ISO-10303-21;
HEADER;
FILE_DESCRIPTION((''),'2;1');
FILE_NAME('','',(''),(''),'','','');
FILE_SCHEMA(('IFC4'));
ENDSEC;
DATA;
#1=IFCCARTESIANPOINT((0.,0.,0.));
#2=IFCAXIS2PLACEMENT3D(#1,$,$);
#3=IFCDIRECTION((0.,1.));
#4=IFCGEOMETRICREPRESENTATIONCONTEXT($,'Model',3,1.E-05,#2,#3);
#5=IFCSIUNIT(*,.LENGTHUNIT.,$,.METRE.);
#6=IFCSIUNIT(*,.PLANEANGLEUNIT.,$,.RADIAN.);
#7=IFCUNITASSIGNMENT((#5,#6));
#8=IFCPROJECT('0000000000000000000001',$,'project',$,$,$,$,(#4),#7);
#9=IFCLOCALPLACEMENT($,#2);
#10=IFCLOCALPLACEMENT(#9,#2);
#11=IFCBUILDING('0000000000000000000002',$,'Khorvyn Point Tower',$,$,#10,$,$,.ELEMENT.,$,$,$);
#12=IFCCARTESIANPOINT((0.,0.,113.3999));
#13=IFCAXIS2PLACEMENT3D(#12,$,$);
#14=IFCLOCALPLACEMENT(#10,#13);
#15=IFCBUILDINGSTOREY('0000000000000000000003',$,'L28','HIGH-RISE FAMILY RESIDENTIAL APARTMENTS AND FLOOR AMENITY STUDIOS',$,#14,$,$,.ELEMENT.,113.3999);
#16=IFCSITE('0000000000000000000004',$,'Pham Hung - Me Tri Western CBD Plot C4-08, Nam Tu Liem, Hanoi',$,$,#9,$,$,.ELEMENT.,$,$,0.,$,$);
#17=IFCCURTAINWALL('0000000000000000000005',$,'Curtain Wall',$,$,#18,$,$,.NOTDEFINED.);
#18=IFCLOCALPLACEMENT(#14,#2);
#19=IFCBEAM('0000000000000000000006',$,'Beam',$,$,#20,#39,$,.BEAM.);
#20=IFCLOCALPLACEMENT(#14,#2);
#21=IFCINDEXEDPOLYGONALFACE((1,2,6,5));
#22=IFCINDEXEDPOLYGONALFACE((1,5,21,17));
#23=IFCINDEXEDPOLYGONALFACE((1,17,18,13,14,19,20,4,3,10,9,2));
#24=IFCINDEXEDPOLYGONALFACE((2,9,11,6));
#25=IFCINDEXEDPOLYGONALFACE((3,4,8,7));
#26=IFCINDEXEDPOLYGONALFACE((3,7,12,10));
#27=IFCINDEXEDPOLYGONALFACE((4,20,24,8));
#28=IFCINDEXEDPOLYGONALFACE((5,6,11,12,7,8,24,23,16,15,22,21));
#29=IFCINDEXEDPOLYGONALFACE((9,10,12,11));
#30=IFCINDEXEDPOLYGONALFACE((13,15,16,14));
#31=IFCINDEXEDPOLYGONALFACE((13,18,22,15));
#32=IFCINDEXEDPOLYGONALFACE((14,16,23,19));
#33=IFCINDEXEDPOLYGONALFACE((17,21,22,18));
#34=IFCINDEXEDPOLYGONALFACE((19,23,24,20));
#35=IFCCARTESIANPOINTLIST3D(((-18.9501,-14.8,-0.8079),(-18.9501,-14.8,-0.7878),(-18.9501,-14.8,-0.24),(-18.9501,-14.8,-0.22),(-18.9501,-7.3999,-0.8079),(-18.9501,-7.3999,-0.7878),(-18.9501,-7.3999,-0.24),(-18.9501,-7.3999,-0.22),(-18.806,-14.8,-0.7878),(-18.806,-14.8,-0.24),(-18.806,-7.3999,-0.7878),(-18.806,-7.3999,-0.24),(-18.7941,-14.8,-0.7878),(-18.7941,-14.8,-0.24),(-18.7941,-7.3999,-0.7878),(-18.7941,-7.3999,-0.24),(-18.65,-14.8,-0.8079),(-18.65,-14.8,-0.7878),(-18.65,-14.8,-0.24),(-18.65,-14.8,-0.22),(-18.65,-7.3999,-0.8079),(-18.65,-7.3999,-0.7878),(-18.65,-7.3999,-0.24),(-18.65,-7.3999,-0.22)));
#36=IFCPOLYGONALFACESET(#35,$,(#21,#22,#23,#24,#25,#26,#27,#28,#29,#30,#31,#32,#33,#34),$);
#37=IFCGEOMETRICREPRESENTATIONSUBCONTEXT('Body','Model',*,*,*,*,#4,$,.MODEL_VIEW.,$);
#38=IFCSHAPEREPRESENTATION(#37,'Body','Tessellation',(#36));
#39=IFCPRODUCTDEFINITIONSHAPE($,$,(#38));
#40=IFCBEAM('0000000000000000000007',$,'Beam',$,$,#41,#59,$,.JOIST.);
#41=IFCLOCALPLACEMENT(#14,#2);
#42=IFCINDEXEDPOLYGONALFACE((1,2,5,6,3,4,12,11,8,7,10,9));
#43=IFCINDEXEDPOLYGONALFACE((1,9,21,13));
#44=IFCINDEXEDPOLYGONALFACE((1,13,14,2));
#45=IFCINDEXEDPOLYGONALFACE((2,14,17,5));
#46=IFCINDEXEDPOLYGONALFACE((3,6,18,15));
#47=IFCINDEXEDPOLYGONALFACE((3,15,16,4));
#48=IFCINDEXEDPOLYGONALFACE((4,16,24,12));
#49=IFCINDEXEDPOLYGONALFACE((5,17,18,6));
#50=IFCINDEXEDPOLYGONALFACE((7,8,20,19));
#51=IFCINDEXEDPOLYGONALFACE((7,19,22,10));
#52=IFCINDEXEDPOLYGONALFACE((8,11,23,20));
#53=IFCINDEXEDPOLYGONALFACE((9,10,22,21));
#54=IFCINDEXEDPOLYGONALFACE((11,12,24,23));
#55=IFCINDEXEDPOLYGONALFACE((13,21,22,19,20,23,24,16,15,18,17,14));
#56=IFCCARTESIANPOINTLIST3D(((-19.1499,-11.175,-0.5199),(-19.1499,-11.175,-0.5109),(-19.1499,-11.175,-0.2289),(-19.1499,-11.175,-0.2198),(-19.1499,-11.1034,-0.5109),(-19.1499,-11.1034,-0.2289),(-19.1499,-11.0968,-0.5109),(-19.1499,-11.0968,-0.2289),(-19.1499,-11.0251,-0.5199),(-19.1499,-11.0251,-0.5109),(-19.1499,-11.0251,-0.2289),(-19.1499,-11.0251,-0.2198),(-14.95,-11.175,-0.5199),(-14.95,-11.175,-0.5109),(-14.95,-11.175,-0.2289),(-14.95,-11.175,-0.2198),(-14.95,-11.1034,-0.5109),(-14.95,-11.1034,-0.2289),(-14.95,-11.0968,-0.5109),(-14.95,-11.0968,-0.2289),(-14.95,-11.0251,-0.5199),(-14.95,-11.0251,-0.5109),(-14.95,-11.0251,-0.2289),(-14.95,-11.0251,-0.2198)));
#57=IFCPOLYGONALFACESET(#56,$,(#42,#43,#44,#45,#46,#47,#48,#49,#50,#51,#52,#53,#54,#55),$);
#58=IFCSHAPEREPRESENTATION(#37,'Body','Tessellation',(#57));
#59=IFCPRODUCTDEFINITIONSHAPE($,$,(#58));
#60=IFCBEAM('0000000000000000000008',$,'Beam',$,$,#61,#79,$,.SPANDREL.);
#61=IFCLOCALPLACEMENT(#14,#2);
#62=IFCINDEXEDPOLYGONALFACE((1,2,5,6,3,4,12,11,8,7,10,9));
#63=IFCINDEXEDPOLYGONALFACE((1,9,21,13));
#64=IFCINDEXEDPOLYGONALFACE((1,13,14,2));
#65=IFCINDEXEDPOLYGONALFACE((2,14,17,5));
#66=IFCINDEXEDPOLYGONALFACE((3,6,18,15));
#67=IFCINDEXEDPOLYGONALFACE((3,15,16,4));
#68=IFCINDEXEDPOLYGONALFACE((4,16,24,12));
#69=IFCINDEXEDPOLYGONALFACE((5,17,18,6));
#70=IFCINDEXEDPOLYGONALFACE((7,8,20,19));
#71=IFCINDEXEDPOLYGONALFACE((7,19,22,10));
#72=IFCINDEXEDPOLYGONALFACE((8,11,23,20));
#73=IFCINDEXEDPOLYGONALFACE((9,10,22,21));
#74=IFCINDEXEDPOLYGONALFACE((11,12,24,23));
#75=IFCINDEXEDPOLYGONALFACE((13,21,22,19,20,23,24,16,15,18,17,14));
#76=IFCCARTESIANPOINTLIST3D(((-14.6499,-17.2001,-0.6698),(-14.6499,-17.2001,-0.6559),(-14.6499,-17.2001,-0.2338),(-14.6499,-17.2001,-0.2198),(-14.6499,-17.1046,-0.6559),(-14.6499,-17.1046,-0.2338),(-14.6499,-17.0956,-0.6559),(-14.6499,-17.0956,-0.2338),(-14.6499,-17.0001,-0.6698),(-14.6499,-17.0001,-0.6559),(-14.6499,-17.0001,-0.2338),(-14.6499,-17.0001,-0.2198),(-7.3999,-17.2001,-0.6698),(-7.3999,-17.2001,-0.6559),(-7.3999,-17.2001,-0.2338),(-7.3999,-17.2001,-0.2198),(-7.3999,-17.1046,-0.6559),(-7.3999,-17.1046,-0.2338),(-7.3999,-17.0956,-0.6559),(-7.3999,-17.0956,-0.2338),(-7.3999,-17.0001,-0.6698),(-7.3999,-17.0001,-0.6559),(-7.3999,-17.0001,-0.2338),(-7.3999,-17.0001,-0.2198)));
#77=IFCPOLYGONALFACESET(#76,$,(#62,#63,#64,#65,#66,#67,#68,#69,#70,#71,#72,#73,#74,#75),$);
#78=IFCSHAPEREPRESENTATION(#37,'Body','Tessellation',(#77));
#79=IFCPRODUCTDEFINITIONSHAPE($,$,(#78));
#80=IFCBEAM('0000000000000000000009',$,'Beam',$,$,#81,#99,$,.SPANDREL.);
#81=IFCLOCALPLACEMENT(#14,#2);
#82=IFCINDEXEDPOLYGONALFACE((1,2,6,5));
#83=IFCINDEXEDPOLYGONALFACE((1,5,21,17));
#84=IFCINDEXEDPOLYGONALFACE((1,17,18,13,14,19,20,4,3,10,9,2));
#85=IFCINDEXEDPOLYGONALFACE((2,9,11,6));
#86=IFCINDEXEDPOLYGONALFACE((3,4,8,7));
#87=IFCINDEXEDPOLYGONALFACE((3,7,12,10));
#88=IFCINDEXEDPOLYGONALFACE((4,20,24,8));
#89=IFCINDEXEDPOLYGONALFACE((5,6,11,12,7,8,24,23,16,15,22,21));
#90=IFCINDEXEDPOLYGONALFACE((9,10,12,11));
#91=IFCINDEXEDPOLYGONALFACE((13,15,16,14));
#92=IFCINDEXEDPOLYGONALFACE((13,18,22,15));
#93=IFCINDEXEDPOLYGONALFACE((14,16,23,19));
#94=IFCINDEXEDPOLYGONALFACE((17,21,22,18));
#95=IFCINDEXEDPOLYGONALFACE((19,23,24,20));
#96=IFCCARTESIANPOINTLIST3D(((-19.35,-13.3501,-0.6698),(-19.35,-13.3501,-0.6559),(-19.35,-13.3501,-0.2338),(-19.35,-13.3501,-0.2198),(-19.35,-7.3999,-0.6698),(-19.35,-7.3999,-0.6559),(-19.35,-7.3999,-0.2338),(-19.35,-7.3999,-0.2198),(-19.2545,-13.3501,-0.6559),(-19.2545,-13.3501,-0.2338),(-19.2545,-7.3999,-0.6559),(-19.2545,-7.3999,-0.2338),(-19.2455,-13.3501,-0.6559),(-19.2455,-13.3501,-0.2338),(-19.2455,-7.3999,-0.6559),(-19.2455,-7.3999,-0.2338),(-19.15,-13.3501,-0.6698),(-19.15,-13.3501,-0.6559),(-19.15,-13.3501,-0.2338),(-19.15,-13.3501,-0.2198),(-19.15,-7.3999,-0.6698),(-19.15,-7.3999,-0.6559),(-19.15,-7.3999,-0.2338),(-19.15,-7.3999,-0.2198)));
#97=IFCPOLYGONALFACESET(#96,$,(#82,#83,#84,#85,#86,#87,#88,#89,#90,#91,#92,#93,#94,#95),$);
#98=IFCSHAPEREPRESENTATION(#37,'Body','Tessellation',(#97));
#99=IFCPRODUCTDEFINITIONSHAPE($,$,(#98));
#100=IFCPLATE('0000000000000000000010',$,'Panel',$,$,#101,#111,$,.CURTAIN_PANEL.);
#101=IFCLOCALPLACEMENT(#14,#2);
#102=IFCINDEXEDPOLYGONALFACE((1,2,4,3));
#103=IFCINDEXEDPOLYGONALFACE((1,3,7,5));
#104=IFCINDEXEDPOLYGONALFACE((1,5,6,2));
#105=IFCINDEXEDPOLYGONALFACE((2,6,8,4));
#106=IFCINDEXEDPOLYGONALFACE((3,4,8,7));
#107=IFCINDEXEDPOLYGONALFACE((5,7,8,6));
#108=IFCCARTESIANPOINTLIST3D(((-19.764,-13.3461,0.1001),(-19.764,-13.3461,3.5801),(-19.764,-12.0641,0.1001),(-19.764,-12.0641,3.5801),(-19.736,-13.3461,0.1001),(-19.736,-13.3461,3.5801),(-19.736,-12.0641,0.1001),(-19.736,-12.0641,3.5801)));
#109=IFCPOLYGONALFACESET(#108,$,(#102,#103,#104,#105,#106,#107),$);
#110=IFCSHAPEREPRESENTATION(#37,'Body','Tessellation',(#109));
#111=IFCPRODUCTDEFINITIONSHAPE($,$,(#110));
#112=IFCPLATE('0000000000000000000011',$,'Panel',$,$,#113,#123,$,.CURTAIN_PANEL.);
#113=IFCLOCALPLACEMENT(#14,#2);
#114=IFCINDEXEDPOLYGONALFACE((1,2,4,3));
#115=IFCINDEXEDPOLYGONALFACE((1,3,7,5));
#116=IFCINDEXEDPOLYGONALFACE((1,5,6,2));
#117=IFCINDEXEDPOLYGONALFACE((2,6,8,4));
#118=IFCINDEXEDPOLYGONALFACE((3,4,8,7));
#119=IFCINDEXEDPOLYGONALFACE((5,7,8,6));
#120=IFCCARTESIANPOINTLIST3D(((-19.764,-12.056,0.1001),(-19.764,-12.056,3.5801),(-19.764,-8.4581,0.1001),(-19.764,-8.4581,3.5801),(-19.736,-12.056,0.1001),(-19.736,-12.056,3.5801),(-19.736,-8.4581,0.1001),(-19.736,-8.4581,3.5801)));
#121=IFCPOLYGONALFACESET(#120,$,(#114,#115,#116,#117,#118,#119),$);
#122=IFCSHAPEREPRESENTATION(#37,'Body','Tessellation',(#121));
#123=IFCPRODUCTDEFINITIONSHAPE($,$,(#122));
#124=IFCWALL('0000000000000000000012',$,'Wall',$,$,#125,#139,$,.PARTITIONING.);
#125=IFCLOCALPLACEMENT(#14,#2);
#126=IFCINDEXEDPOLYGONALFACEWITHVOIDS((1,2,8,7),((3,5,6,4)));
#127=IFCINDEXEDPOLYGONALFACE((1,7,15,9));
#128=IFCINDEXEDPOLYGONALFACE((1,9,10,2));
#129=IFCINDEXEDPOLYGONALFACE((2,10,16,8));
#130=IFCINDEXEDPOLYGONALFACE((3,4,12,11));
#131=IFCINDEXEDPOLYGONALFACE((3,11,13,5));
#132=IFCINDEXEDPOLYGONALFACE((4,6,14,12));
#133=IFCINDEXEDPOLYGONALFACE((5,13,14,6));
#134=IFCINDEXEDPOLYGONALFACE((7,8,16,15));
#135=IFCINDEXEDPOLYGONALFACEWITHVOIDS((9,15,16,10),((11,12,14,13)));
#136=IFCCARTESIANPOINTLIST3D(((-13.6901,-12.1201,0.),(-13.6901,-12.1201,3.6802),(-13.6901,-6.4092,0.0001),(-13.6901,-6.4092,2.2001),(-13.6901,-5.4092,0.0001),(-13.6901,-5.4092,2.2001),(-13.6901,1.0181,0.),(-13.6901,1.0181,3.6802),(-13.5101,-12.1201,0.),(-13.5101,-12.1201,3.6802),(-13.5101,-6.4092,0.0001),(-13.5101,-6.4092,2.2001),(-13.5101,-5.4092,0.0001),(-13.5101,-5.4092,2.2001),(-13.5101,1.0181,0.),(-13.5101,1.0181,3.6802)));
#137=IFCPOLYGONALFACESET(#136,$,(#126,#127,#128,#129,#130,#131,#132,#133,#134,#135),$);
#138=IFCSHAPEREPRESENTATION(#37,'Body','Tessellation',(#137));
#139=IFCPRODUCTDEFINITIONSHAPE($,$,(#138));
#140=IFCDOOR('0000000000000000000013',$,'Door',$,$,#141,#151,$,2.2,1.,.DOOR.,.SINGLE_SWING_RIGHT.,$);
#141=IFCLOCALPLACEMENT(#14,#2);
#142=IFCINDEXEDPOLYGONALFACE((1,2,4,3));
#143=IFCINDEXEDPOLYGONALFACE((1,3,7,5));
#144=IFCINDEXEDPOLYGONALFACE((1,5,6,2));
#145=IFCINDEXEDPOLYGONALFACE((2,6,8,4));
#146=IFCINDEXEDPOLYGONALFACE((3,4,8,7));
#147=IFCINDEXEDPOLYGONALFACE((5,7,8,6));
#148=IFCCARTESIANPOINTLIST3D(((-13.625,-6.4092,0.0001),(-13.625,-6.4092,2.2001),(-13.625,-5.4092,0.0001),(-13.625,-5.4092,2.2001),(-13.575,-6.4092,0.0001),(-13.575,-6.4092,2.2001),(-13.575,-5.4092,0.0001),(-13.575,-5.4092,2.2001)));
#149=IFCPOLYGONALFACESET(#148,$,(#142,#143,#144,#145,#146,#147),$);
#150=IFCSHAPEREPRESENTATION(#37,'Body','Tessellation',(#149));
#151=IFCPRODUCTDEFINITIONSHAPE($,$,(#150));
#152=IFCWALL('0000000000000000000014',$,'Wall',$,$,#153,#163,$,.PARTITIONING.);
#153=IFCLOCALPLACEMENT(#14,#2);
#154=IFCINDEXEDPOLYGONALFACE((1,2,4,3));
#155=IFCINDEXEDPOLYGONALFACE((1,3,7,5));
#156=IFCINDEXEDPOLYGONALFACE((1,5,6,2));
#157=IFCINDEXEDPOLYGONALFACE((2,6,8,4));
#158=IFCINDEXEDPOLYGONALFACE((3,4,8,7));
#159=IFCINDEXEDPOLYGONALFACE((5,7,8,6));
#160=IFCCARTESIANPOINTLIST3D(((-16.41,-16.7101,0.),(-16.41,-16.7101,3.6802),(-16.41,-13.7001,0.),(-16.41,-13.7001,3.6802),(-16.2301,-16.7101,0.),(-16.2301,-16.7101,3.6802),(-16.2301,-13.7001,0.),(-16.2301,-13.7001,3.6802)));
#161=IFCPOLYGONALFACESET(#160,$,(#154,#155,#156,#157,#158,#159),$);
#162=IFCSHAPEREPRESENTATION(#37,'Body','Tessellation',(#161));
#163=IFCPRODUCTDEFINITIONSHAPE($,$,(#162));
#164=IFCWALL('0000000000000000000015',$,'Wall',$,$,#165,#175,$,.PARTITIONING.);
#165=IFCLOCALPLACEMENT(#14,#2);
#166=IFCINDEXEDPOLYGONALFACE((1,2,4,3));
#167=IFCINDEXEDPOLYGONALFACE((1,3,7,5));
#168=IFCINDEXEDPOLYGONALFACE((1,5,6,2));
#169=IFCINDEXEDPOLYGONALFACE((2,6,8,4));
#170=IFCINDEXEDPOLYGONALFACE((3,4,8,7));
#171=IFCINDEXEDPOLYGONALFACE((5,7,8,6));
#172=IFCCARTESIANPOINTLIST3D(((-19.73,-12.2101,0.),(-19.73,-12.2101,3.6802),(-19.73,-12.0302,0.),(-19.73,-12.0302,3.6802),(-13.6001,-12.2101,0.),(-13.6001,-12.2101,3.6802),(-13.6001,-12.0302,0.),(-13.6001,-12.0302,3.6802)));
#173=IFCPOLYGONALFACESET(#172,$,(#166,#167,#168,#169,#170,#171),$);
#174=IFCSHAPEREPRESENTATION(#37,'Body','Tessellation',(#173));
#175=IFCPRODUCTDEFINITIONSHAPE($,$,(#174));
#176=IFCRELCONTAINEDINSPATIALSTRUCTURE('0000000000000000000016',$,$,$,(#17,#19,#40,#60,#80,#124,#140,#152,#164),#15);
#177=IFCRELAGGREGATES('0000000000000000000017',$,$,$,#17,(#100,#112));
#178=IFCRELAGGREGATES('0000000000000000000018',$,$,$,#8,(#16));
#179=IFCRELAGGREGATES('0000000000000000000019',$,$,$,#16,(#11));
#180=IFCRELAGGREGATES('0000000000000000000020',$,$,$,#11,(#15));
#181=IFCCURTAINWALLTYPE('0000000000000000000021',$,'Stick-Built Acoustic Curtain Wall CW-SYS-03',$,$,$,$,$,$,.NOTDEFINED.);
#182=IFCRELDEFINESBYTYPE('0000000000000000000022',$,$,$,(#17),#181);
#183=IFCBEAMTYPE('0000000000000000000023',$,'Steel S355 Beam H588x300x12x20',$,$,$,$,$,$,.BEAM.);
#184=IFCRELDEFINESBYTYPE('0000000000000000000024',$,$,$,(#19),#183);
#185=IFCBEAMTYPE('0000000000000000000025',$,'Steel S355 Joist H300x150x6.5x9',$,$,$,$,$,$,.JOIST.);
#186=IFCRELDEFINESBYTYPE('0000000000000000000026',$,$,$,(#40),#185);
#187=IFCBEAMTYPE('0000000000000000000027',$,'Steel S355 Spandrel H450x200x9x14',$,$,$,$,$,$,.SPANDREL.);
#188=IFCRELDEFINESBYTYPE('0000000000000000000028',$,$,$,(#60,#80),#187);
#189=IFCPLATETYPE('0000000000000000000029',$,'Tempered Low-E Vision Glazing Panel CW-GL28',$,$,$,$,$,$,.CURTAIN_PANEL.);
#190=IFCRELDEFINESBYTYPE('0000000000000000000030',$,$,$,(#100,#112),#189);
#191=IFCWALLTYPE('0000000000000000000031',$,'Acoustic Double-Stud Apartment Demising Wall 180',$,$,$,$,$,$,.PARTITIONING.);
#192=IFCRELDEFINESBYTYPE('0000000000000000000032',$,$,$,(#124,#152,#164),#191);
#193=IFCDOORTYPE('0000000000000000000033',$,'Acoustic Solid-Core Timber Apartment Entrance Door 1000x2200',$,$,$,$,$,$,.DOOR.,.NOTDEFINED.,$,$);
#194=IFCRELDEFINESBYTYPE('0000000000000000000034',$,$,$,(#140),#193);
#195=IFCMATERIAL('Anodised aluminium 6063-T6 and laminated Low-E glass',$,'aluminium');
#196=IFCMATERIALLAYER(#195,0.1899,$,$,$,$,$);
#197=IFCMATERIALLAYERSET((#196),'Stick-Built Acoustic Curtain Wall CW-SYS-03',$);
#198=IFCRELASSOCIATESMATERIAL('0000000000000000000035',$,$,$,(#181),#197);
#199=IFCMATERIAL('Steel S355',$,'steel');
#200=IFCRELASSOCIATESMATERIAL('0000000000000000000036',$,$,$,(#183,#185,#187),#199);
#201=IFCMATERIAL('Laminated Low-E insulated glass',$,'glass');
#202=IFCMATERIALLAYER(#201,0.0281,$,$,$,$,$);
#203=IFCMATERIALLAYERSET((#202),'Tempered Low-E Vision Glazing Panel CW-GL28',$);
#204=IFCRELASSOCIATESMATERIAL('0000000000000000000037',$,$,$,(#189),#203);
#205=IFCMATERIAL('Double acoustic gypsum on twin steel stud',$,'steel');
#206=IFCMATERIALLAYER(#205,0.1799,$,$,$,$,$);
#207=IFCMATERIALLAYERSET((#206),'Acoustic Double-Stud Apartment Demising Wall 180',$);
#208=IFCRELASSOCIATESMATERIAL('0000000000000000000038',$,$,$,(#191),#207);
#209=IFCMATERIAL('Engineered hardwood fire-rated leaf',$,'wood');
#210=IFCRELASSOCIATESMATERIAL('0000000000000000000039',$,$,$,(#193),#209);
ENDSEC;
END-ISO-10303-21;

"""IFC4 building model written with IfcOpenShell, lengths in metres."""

from ifc_helpers import new_model, si_unit, direction, frame, frame_2d, origin, origin_2d, place, context, subcontext, project, spatial, rectangle, i_section, extrude, material, layer, layer_set, material_profile, profile_set, type_object, element, fill, aggregate, save


model = new_model("IFC4")

# Units and contexts
model_context = context("Model", 3, precision=1e-05, world=origin(), true_north=direction((0.0, 1.0)))
body_context = subcontext(model_context, "Body", "Model", "MODEL_VIEW")
ifc_project = project(units=[si_unit("LENGTHUNIT", "METRE"), si_unit("PLANEANGLEUNIT", "RADIAN")], contexts=[model_context])

# Site, building, storey
site_placement = place(None, origin())
site = spatial("IfcSite", under=ifc_project, at=site_placement, Name="Pham Hung - Me Tri Western CBD Plot C4-08, Nam Tu Liem, Hanoi", CompositionType="ELEMENT", RefElevation=0.0)
building_placement = place(site_placement, origin())
building = spatial("IfcBuilding", under=site, at=building_placement, Name="Khorvyn Point Tower", CompositionType="ELEMENT")
storey_placement = place(building_placement, frame((0.0, 0.0, 113.3999)))
storey = spatial("IfcBuildingStorey", under=building, at=storey_placement, Name="L28", Description="HIGH-RISE FAMILY RESIDENTIAL APARTMENTS AND FLOOR AMENITY STUDIOS", CompositionType="ELEMENT", Elevation=113.3999)

# Shared definitions
ifc_material_1 = material(Name="Anodised aluminium 6063-T6 and laminated Low-E glass", Category="aluminium")
ifc_layer_1 = layer(ifc_material_1, 0.1899)
ifc_layer_set_1 = layer_set([ifc_layer_1], Name="Stick-Built Acoustic Curtain Wall CW-SYS-03")
curtain_wall_type = type_object("IfcCurtainWallType", Name="Stick-Built Acoustic Curtain Wall CW-SYS-03", PredefinedType="NOTDEFINED", material=ifc_layer_set_1)

# Curtain wall
curtain_wall_1_placement = place(storey_placement, origin())
curtain_wall_1 = element("IfcCurtainWall", 1, at=curtain_wall_1_placement, inside=storey, type_object=curtain_wall_type, Name="Curtain Wall", PredefinedType="NOTDEFINED")

# Beams
ifc_material_2 = material(Name="Steel S355", Category="steel")
ifc_material_profile_1 = material_profile(ifc_material_2, i_section(OverallWidth=0.3, OverallDepth=0.5879, WebThickness=0.012, FlangeThickness=0.02, at=origin_2d()))
ifc_profile_set_1 = profile_set([ifc_material_profile_1], Name="Steel S355 H588x300x12x20")
beam_type_1 = type_object("IfcBeamType", Name="Steel S355 Beam H588x300x12x20", PredefinedType="BEAM", material=ifc_profile_set_1)
for number, where, z_axis, x_axis, name in (
    (2, (-18.8, -14.8, -0.5139), (0.0, 1.0, 0.0), (-1.0, 0.0, 0.0), "Beam"),
):
    element("IfcBeam", number, at=place(storey_placement, frame(where, z_axis=z_axis, x_axis=x_axis)), inside=storey, type_object=beam_type_1, Name=name, PredefinedType="BEAM", context=body_context, shape_type="SweptSolid", body=[
        extrude(i_section(OverallWidth=0.3, OverallDepth=0.5879, WebThickness=0.012, FlangeThickness=0.02, at=origin_2d()), origin(), (0.0, 0.0, 1.0), 7.4001),
    ])
ifc_material_profile_2 = material_profile(ifc_material_2, i_section(OverallWidth=0.1499, OverallDepth=0.3, WebThickness=0.0066, FlangeThickness=0.009, at=origin_2d()))
ifc_profile_set_2 = profile_set([ifc_material_profile_2], Name="Steel S355 H300x150x6.5x9")
beam_type_2 = type_object("IfcBeamType", Name="Steel S355 Joist H300x150x6.5x9", PredefinedType="JOIST", material=ifc_profile_set_2)
beam_1_placement = place(storey_placement, frame((-19.1499, -11.1001, -0.3699), z_axis=(1.0, 0.0, 0.0), x_axis=(0.0, 1.0, 0.0)))
element("IfcBeam", 3, at=beam_1_placement, inside=storey, type_object=beam_type_2, Name="Beam", PredefinedType="JOIST", context=body_context, shape_type="SweptSolid", body=[
    extrude(i_section(OverallWidth=0.1499, OverallDepth=0.3, WebThickness=0.0066, FlangeThickness=0.009, at=origin_2d()), origin(), (0.0, 0.0, 1.0), 4.2),
])
ifc_material_profile_3 = material_profile(ifc_material_2, i_section(OverallWidth=0.2, OverallDepth=0.45, WebThickness=0.009, FlangeThickness=0.0139, at=origin_2d()))
ifc_profile_set_3 = profile_set([ifc_material_profile_3], Name="Steel S355 H450x200x9x14")
beam_type_3 = type_object("IfcBeamType", Name="Steel S355 Spandrel H450x200x9x14", PredefinedType="SPANDREL", material=ifc_profile_set_3)
beam_2_placement = place(storey_placement, frame((-14.6499, -17.1001, -0.4448), z_axis=(1.0, 0.0, 0.0), x_axis=(0.0, 1.0, 0.0)))
element("IfcBeam", 4, at=beam_2_placement, inside=storey, type_object=beam_type_3, Name="Beam", PredefinedType="SPANDREL", context=body_context, shape_type="SweptSolid", body=[
    extrude(i_section(OverallWidth=0.2, OverallDepth=0.45, WebThickness=0.009, FlangeThickness=0.0139, at=origin_2d()), origin(), (0.0, 0.0, 1.0), 7.25),
])
beam_3_placement = place(storey_placement, frame((-19.25, -13.3501, -0.4448), z_axis=(0.0, 1.0, 0.0), x_axis=(-1.0, 0.0, 0.0)))
element("IfcBeam", 5, at=beam_3_placement, inside=storey, type_object=beam_type_3, Name="Beam", PredefinedType="SPANDREL", context=body_context, shape_type="SweptSolid", body=[
    extrude(i_section(OverallWidth=0.2, OverallDepth=0.45, WebThickness=0.009, FlangeThickness=0.0139, at=origin_2d()), origin(), (0.0, 0.0, 1.0), 5.9502),
])

# Plates
ifc_material_3 = material(Name="Laminated Low-E insulated glass", Category="glass")
ifc_layer_2 = layer(ifc_material_3, 0.0281)
ifc_layer_set_2 = layer_set([ifc_layer_2], Name="Tempered Low-E Vision Glazing Panel CW-GL28")
plate_type = type_object("IfcPlateType", Name="Tempered Low-E Vision Glazing Panel CW-GL28", PredefinedType="CURTAIN_PANEL", material=ifc_layer_set_2)
plate_1_placement = place(storey_placement, frame((-19.75, -12.7051, 0.1001), z_axis=(0.0, 0.0, 1.0), x_axis=(0.0, 1.0, 0.0)))
plate_1 = element("IfcPlate", 6, at=plate_1_placement, type_object=plate_type, Name="Panel", PredefinedType="CURTAIN_PANEL", context=body_context, shape_type="SweptSolid", body=[
    extrude(rectangle(XDim=1.282, YDim=0.0281, at=origin_2d()), origin(), (0.0, 0.0, 1.0), 3.48),
])
plate_2_placement = place(storey_placement, frame((-19.75, -10.2571, 0.1001), z_axis=(0.0, 0.0, 1.0), x_axis=(0.0, 1.0, 0.0)))
plate_2 = element("IfcPlate", 7, at=plate_2_placement, type_object=plate_type, Name="Panel", PredefinedType="CURTAIN_PANEL", context=body_context, shape_type="SweptSolid", body=[
    extrude(rectangle(XDim=3.5979, YDim=0.0281, at=origin_2d()), origin(), (0.0, 0.0, 1.0), 3.48),
])
aggregate(curtain_wall_1, [plate_1, plate_2])

# Wall, opening, door
ifc_material_4 = material(Name="Double acoustic gypsum on twin steel stud", Category="steel")
ifc_layer_3 = layer(ifc_material_4, 0.1799)
ifc_layer_set_3 = layer_set([ifc_layer_3], Name="Acoustic Double-Stud Apartment Demising Wall 180")
wall_type_1 = type_object("IfcWallType", Name="Acoustic Double-Stud Apartment Demising Wall 180", PredefinedType="PARTITIONING", material=ifc_layer_set_3)
wall_1_placement = place(storey_placement, frame((-13.6001, -12.1201, 0.0), z_axis=(0.0, 0.0, 1.0), x_axis=(0.0, 1.0, 0.0)))
wall_1 = element("IfcWall", 8, at=wall_1_placement, inside=storey, type_object=wall_type_1, Name="Wall", PredefinedType="PARTITIONING", context=body_context, shape_type="SweptSolid", body=[
    extrude(rectangle(XDim=13.1382, YDim=0.1799, at=frame_2d((6.5691, 0.0))), origin(), (0.0, 0.0, 1.0), 3.6802),
])
opening_1_placement = place(wall_1_placement, frame((5.7109, 0.0, 0.0)))
opening_1 = element("IfcOpeningElement", 9, at=opening_1_placement, cuts=wall_1, PredefinedType="OPENING", context=body_context, shape_type="SweptSolid", body=[
    extrude(rectangle(XDim=1.0, YDim=2.2, at=frame_2d((0.5, 1.1001))), frame((0.0, 0.0999, 0.0), z_axis=(0.0, -1.0, 0.0), x_axis=(1.0, 0.0, 0.0)), (0.0, 0.0, 1.0), 0.2),
])
ifc_material_5 = material(Name="Engineered hardwood fire-rated leaf", Category="wood")
door_type_1 = type_object("IfcDoorType", Name="Acoustic Solid-Core Timber Apartment Entrance Door 1000x2200", OperationType="NOTDEFINED", PredefinedType="DOOR", material=ifc_material_5)
door_1_placement = place(opening_1_placement, origin())
door_1 = element("IfcDoor", 10, at=door_1_placement, inside=storey, type_object=door_type_1, Name="Door", OperationType="SINGLE_SWING_RIGHT", OverallHeight=2.2, OverallWidth=1.0, PredefinedType="DOOR", context=body_context, shape_type="SweptSolid", body=[
    extrude(rectangle(XDim=1.0, YDim=2.2, at=frame_2d((0.5, 1.1001))), frame((0.0, 0.0249, 0.0), z_axis=(0.0, -1.0, 0.0), x_axis=(1.0, 0.0, 0.0)), (0.0, 0.0, 1.0), 0.05),
])
fill(opening_1, door_1)

# Walls
wall_2_placement = place(storey_placement, frame((-16.3201, -16.71, 0.0), z_axis=(0.0, 0.0, 1.0), x_axis=(0.0, 1.0, 0.0)))
element("IfcWall", 11, at=wall_2_placement, inside=storey, type_object=wall_type_1, Name="Wall", PredefinedType="PARTITIONING", context=body_context, shape_type="SweptSolid", body=[
    extrude(rectangle(XDim=3.01, YDim=0.1799, at=frame_2d((1.5049, 0.0))), origin(), (0.0, 0.0, 1.0), 3.6802),
])
wall_3_placement = place(storey_placement, frame((-19.73, -12.1201, 0.0), z_axis=(0.0, 0.0, 1.0), x_axis=(1.0, 0.0, 0.0)))
element("IfcWall", 12, at=wall_3_placement, inside=storey, type_object=wall_type_1, Name="Wall", PredefinedType="PARTITIONING", context=body_context, shape_type="SweptSolid", body=[
    extrude(rectangle(XDim=6.1299, YDim=0.1799, at=frame_2d((3.0649, 0.0))), origin(), (0.0, 0.0, 1.0), 3.6802),
])

save(model, "model.ifc")
